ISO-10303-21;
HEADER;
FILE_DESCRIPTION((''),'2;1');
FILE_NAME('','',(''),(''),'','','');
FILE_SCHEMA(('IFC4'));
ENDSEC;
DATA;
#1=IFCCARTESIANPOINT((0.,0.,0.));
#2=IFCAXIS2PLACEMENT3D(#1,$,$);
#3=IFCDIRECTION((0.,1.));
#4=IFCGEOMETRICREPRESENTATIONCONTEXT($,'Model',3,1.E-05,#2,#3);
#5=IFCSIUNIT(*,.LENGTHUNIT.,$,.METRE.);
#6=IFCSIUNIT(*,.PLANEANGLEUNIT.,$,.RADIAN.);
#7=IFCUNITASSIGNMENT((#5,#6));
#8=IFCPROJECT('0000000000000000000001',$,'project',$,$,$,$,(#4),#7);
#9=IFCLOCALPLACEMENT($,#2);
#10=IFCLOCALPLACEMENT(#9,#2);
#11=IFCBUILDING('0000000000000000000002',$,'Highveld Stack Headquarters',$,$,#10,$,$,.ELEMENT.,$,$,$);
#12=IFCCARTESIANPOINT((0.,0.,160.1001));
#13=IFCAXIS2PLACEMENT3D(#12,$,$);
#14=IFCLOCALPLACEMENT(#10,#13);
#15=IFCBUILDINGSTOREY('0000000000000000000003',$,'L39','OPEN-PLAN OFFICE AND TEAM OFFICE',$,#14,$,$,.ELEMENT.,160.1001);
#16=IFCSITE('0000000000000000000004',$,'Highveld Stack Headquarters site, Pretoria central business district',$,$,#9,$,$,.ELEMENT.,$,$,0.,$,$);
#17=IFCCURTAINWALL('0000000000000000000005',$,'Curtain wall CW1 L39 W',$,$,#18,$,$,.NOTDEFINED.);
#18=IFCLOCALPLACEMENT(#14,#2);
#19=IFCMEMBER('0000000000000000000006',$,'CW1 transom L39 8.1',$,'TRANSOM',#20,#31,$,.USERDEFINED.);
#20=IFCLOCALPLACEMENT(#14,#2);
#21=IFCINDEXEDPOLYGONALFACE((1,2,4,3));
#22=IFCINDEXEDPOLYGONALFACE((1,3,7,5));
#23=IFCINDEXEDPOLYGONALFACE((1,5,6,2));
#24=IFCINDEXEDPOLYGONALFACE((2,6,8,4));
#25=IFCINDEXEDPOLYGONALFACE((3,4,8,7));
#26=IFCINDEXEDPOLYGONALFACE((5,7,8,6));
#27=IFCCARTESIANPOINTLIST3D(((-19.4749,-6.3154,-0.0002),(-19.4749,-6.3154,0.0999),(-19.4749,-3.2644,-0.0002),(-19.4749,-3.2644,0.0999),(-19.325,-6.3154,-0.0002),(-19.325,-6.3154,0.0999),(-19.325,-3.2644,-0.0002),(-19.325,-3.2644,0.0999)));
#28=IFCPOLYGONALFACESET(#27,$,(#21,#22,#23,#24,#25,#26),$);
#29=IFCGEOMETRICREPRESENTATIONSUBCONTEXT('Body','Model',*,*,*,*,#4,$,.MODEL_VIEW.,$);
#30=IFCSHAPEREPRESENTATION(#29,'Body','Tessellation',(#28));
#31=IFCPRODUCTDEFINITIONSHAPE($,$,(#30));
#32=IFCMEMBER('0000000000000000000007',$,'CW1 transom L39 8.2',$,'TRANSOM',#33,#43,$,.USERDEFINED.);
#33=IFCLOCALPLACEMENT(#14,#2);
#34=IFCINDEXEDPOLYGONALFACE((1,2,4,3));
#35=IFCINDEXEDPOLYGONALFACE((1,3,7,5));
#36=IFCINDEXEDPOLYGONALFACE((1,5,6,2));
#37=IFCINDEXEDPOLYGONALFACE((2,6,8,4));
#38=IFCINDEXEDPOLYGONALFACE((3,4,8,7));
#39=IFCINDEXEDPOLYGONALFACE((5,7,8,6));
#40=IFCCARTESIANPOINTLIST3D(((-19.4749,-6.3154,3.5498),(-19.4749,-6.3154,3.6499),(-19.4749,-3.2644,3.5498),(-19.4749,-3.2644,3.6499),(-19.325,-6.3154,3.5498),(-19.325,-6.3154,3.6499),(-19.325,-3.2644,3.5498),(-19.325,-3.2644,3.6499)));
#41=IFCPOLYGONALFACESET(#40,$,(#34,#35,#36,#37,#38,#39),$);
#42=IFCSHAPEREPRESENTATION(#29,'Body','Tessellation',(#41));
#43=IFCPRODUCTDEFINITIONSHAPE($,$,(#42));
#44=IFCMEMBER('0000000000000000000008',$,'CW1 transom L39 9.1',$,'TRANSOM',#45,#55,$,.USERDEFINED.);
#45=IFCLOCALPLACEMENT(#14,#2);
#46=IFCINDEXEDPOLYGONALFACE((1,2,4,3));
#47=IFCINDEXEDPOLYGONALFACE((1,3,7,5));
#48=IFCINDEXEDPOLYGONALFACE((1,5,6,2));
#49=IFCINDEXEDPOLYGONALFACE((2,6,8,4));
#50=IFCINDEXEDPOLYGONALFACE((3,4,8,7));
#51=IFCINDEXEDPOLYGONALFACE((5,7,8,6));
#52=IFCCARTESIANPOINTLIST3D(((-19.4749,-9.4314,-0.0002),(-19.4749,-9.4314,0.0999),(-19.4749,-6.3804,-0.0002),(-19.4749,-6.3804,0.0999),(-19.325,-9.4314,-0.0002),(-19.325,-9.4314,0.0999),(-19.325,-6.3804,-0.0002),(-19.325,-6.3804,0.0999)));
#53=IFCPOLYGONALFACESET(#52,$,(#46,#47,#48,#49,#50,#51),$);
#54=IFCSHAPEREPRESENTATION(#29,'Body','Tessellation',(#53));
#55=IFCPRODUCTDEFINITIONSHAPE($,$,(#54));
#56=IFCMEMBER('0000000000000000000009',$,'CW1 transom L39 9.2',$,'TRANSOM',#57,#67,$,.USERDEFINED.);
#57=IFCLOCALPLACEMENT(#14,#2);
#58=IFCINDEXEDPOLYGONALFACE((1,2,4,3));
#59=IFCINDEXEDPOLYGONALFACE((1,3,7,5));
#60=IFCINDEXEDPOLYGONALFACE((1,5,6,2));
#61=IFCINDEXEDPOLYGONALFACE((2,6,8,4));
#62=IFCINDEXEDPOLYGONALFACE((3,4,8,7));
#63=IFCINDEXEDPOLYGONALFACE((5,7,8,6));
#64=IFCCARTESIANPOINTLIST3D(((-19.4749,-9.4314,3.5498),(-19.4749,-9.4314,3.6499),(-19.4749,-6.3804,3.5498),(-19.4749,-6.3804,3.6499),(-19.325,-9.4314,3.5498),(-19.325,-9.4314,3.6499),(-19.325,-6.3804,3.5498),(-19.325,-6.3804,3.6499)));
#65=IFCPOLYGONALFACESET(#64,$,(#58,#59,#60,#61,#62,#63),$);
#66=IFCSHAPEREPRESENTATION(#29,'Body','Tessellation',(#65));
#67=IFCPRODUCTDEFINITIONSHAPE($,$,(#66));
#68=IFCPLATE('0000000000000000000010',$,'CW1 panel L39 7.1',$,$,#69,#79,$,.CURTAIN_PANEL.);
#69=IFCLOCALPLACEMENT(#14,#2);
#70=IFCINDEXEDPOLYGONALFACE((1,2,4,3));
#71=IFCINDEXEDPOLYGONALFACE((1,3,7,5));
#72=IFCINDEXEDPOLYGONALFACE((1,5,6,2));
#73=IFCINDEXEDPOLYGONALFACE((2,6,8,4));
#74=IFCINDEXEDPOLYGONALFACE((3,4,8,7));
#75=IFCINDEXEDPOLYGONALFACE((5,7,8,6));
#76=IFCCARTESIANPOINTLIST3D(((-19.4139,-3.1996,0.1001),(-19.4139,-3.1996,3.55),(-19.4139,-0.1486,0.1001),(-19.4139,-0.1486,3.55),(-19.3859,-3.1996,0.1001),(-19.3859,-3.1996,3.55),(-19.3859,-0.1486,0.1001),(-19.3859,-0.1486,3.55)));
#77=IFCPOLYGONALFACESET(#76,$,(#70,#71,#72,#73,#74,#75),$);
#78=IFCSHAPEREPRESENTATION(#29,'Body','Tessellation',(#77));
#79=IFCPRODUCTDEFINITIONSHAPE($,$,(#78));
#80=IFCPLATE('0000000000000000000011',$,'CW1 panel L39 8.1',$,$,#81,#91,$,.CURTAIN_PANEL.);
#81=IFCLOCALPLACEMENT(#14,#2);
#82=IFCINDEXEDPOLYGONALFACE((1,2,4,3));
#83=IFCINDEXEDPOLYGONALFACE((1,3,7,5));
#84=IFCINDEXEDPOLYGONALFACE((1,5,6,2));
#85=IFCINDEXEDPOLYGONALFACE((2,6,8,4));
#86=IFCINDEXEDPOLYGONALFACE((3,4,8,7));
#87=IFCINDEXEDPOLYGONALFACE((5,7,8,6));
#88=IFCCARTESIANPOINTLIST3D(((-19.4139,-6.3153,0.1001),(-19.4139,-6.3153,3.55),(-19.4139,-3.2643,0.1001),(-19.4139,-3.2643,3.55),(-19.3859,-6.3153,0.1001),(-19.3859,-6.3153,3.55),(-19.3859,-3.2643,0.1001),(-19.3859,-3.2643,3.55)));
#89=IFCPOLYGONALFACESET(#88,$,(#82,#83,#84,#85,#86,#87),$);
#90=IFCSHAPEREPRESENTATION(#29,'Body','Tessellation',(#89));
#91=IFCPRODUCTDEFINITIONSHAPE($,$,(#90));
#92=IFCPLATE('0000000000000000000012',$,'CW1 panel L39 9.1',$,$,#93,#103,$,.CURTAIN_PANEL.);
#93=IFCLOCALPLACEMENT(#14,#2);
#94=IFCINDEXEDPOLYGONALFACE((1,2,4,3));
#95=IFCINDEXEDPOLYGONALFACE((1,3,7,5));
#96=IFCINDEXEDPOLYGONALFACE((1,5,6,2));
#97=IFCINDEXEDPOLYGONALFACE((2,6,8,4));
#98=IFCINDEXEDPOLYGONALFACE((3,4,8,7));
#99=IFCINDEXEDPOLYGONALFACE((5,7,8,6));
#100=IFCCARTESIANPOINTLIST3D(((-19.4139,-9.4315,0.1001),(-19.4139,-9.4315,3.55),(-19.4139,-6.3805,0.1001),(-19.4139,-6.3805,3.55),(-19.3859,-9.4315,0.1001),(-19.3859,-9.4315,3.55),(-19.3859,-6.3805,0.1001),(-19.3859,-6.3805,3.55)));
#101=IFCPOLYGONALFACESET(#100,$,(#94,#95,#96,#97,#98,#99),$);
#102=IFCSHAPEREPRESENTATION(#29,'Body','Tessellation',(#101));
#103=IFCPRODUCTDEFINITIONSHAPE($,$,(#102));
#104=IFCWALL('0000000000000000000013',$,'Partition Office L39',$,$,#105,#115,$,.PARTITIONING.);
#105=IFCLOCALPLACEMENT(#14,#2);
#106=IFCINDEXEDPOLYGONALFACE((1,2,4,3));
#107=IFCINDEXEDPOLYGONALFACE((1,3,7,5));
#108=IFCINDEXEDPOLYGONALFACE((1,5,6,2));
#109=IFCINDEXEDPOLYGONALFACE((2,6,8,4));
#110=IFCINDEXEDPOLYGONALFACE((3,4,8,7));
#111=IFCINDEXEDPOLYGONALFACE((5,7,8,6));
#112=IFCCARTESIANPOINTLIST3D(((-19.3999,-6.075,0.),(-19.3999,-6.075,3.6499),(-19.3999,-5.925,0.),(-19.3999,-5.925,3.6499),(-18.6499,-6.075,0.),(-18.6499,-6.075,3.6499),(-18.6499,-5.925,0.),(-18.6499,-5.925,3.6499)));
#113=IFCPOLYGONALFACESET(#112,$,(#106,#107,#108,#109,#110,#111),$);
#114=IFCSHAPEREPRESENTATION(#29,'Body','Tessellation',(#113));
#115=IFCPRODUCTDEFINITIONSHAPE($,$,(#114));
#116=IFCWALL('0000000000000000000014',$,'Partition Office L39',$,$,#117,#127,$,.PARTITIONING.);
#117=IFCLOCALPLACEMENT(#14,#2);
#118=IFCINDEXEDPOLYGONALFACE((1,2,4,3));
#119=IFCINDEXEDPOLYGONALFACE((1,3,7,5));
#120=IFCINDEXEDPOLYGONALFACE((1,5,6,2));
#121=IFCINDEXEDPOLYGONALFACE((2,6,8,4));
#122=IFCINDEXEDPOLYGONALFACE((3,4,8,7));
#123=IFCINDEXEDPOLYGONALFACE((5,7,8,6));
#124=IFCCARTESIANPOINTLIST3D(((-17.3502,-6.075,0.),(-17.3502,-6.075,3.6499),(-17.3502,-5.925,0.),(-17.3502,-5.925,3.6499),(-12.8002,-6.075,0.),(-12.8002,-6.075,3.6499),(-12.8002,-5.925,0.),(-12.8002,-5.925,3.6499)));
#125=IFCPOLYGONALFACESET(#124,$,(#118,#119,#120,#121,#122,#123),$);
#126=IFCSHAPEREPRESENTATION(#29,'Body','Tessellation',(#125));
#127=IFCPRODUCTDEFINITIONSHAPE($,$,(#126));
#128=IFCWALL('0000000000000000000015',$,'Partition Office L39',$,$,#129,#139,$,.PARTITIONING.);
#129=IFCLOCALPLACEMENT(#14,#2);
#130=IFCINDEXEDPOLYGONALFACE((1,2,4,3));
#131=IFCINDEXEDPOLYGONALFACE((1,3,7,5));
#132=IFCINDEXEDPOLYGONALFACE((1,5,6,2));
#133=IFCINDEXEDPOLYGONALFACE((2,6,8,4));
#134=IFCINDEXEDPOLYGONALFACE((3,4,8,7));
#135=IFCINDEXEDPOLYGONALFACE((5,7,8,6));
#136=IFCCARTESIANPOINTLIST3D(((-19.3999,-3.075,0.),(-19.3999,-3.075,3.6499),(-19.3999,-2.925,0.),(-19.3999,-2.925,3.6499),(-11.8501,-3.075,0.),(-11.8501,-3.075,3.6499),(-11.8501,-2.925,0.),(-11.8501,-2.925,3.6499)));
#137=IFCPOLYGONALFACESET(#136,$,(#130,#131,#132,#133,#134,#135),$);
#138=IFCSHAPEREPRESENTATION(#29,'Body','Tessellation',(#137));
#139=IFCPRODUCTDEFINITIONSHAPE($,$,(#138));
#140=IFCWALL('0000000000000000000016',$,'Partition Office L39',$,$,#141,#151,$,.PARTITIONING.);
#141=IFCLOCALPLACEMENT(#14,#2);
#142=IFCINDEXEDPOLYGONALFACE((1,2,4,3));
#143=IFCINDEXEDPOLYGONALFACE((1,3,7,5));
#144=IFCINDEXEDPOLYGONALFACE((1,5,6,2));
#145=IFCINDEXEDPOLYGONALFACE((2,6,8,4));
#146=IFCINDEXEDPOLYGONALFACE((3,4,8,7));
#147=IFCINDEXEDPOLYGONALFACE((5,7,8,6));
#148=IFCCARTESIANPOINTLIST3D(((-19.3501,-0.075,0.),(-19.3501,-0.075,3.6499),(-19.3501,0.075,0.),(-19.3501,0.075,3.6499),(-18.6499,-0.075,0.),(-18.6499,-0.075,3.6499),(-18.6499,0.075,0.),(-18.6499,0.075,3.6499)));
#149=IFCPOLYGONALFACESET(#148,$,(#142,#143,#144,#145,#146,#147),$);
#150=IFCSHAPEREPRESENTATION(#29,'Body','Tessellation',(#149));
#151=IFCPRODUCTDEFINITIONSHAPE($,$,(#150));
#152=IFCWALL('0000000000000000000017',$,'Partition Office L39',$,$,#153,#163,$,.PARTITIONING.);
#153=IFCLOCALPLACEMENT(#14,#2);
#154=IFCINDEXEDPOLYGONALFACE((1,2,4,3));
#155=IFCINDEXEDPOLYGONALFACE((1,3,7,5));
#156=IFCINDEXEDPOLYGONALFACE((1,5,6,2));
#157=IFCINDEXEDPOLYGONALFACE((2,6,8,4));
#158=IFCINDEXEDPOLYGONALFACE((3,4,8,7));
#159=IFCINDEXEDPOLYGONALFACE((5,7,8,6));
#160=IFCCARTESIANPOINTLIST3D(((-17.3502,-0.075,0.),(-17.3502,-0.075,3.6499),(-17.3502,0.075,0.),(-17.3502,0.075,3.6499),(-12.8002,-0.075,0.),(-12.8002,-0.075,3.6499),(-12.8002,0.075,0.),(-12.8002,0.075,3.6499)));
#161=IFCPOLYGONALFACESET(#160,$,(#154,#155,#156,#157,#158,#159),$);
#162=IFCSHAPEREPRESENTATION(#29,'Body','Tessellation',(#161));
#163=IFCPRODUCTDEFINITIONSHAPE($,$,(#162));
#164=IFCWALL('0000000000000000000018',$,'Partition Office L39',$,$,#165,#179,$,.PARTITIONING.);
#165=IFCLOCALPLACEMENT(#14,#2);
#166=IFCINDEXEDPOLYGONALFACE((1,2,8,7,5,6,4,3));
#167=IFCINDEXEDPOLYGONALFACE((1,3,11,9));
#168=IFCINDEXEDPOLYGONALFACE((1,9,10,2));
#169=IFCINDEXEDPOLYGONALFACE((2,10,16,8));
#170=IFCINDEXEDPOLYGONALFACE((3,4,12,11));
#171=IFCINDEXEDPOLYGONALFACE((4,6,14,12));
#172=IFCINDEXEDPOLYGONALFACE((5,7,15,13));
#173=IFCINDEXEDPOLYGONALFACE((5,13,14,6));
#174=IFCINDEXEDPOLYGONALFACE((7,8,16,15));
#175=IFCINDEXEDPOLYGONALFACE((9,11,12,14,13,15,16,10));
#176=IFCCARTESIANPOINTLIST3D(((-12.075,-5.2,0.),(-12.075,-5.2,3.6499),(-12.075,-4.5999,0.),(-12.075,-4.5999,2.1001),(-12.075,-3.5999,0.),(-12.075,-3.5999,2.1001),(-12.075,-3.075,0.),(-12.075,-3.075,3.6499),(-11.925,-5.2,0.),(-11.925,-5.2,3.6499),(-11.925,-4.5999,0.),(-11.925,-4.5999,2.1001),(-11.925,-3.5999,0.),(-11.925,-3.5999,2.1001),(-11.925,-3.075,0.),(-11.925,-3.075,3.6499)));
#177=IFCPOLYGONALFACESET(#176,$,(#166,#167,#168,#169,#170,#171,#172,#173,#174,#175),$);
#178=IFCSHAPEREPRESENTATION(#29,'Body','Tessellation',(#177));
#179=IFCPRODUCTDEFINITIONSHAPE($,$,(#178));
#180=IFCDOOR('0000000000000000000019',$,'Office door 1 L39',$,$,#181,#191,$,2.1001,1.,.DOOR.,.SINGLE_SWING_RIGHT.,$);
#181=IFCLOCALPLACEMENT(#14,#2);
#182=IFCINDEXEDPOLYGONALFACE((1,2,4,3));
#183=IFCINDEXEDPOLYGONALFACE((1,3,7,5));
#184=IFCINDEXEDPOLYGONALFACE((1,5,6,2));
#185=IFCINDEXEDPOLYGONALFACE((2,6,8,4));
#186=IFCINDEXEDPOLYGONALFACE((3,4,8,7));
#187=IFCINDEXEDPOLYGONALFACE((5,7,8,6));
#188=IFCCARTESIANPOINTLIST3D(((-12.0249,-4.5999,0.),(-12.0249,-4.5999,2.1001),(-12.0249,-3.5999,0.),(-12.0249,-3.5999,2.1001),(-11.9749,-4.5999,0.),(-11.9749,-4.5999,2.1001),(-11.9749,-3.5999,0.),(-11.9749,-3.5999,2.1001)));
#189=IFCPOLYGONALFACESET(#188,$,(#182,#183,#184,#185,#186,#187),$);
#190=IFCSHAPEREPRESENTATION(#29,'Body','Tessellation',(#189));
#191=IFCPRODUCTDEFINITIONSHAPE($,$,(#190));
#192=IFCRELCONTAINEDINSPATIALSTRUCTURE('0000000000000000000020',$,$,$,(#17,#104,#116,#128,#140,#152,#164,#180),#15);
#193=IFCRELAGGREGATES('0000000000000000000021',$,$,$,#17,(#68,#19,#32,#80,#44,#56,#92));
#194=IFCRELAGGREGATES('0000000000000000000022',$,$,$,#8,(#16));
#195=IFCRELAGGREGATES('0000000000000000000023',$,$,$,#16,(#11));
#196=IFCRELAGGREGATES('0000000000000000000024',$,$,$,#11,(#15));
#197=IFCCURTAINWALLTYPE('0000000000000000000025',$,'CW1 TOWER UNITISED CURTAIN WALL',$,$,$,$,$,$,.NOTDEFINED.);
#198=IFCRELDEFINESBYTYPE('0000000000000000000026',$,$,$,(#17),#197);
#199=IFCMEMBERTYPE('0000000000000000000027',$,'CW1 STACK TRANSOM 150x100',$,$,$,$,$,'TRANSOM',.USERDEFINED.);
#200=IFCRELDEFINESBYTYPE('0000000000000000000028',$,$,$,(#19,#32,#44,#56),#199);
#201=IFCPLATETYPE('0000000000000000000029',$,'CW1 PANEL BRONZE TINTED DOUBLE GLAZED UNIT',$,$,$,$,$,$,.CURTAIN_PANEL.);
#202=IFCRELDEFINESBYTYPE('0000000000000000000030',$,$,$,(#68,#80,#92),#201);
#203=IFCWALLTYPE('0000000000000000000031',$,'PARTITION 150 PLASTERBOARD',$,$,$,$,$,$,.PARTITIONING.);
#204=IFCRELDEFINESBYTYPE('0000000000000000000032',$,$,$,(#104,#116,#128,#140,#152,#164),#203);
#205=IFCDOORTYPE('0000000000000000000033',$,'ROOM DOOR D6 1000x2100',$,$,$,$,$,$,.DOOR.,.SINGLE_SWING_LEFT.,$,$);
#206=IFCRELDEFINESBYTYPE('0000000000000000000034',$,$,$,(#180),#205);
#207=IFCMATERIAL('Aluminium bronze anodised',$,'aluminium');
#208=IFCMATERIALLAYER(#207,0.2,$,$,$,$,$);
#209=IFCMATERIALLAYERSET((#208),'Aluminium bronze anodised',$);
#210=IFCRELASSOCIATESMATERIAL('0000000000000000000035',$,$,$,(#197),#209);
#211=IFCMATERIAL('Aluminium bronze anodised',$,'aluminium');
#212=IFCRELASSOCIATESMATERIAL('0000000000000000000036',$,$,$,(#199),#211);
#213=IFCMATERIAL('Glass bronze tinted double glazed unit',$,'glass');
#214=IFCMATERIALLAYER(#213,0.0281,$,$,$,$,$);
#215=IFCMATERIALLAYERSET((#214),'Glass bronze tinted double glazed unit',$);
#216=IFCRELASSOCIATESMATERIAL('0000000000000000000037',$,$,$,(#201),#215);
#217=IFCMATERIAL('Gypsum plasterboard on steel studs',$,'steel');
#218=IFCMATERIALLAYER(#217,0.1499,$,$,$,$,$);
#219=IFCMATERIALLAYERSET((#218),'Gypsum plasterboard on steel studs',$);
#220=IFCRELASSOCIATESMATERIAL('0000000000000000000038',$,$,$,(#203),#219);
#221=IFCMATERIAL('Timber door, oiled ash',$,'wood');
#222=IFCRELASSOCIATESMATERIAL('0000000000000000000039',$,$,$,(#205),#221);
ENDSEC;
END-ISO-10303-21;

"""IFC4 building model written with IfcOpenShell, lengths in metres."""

from ifc_helpers import new_model, si_unit, direction, frame, frame_2d, origin, origin_2d, place, context, subcontext, project, spatial, rectangle, extrude, material, layer, layer_set, material_profile, profile_set, type_object, element, fill, aggregate, save


model = new_model("IFC4")

# Units and contexts
model_context = context("Model", 3, precision=1e-05, world=origin(), true_north=direction((0.0, 1.0)))
body_context = subcontext(model_context, "Body", "Model", "MODEL_VIEW")
ifc_project = project(units=[si_unit("LENGTHUNIT", "METRE"), si_unit("PLANEANGLEUNIT", "RADIAN")], contexts=[model_context])

# Site, building, storey
site_placement = place(None, origin())
site = spatial("IfcSite", under=ifc_project, at=site_placement, Name="Highveld Stack Headquarters site, Pretoria central business district", CompositionType="ELEMENT", RefElevation=0.0)
building_placement = place(site_placement, origin())
building = spatial("IfcBuilding", under=site, at=building_placement, Name="Highveld Stack Headquarters", CompositionType="ELEMENT")
storey_placement = place(building_placement, frame((0.0, 0.0, 160.1001)))
storey = spatial("IfcBuildingStorey", under=building, at=storey_placement, Name="L39", Description="OPEN-PLAN OFFICE AND TEAM OFFICE", CompositionType="ELEMENT", Elevation=160.1001)

# Curtain wall, members, plates
ifc_material_1 = material(Name="Aluminium bronze anodised", Category="aluminium")
ifc_layer_1 = layer(ifc_material_1, 0.2)
ifc_layer_set_1 = layer_set([ifc_layer_1], Name="Aluminium bronze anodised")
curtain_wall_type = type_object("IfcCurtainWallType", Name="CW1 TOWER UNITISED CURTAIN WALL", PredefinedType="NOTDEFINED", material=ifc_layer_set_1)
curtain_wall_placement = place(storey_placement, origin())
curtain_wall = element("IfcCurtainWall", 1, at=curtain_wall_placement, inside=storey, type_object=curtain_wall_type, Name="Curtain wall CW1 L39 W", PredefinedType="NOTDEFINED")
ifc_material_2 = material(Name="Aluminium bronze anodised", Category="aluminium")
ifc_material_profile_1 = material_profile(ifc_material_2, rectangle(XDim=0.1499, YDim=0.1001, at=origin_2d()), Name="CW1 TRANSOM 150x100")
ifc_profile_set_1 = profile_set([ifc_material_profile_1], Name="Aluminium bronze anodised")
member_type_1 = type_object("IfcMemberType", Name="CW1 STACK TRANSOM 150x100", ElementType="TRANSOM", PredefinedType="USERDEFINED", material=ifc_profile_set_1)
member_1_placement = place(storey_placement, frame((-19.3999, -3.2644, 0.0498), z_axis=(0.0, -1.0, 0.0), x_axis=(1.0, 0.0, 0.0)))
member_1 = element("IfcMember", 2, at=member_1_placement, type_object=member_type_1, Name="CW1 transom L39 8.1", ObjectType="TRANSOM", PredefinedType="USERDEFINED", context=body_context, shape_type="SweptSolid", body=[
    extrude(rectangle(XDim=0.1499, YDim=0.1001, at=origin_2d()), origin(), (0.0, 0.0, 1.0), 3.051),
])
member_2_placement = place(storey_placement, frame((-19.3999, -3.2644, 3.5999), z_axis=(0.0, -1.0, 0.0), x_axis=(1.0, 0.0, 0.0)))
member_2 = element("IfcMember", 3, at=member_2_placement, type_object=member_type_1, Name="CW1 transom L39 8.2", ObjectType="TRANSOM", PredefinedType="USERDEFINED", context=body_context, shape_type="SweptSolid", body=[
    extrude(rectangle(XDim=0.1499, YDim=0.1001, at=origin_2d()), origin(), (0.0, 0.0, 1.0), 3.051),
])
member_3_placement = place(storey_placement, frame((-19.3999, -6.3804, 0.0498), z_axis=(0.0, -1.0, 0.0), x_axis=(1.0, 0.0, 0.0)))
member_3 = element("IfcMember", 4, at=member_3_placement, type_object=member_type_1, Name="CW1 transom L39 9.1", ObjectType="TRANSOM", PredefinedType="USERDEFINED", context=body_context, shape_type="SweptSolid", body=[
    extrude(rectangle(XDim=0.1499, YDim=0.1001, at=origin_2d()), origin(), (0.0, 0.0, 1.0), 3.051),
])
member_4_placement = place(storey_placement, frame((-19.3999, -6.3804, 3.5999), z_axis=(0.0, -1.0, 0.0), x_axis=(1.0, 0.0, 0.0)))
member_4 = element("IfcMember", 5, at=member_4_placement, type_object=member_type_1, Name="CW1 transom L39 9.2", ObjectType="TRANSOM", PredefinedType="USERDEFINED", context=body_context, shape_type="SweptSolid", body=[
    extrude(rectangle(XDim=0.1499, YDim=0.1001, at=origin_2d()), origin(), (0.0, 0.0, 1.0), 3.051),
])
ifc_material_3 = material(Name="Glass bronze tinted double glazed unit", Category="glass")
ifc_layer_2 = layer(ifc_material_3, 0.0281)
ifc_layer_set_2 = layer_set([ifc_layer_2], Name="Glass bronze tinted double glazed unit")
plate_type = type_object("IfcPlateType", Name="CW1 PANEL BRONZE TINTED DOUBLE GLAZED UNIT", PredefinedType="CURTAIN_PANEL", material=ifc_layer_set_2)
plate_1_placement = place(storey_placement, frame((-19.3999, -1.6741, 0.1001), z_axis=(0.0, 0.0, 1.0), x_axis=(0.0, -1.0, 0.0)))
plate_1 = element("IfcPlate", 6, at=plate_1_placement, type_object=plate_type, Name="CW1 panel L39 7.1", PredefinedType="CURTAIN_PANEL", context=body_context, shape_type="SweptSolid", body=[
    extrude(rectangle(XDim=3.051, YDim=0.0281, at=origin_2d()), origin(), (0.0, 0.0, 1.0), 3.45),
])
plate_2_placement = place(storey_placement, frame((-19.3999, -4.7898, 0.1001), z_axis=(0.0, 0.0, 1.0), x_axis=(0.0, -1.0, 0.0)))
plate_2 = element("IfcPlate", 7, at=plate_2_placement, type_object=plate_type, Name="CW1 panel L39 8.1", PredefinedType="CURTAIN_PANEL", context=body_context, shape_type="SweptSolid", body=[
    extrude(rectangle(XDim=3.051, YDim=0.0281, at=origin_2d()), origin(), (0.0, 0.0, 1.0), 3.45),
])
plate_3_placement = place(storey_placement, frame((-19.3999, -7.906, 0.1001), z_axis=(0.0, 0.0, 1.0), x_axis=(0.0, -1.0, 0.0)))
plate_3 = element("IfcPlate", 8, at=plate_3_placement, type_object=plate_type, Name="CW1 panel L39 9.1", PredefinedType="CURTAIN_PANEL", context=body_context, shape_type="SweptSolid", body=[
    extrude(rectangle(XDim=3.051, YDim=0.0281, at=origin_2d()), origin(), (0.0, 0.0, 1.0), 3.45),
])
aggregate(curtain_wall, [plate_1, member_1, member_2, plate_2, member_3, member_4, plate_3])

# Walls
ifc_material_4 = material(Name="Gypsum plasterboard on steel studs", Category="steel")
ifc_layer_3 = layer(ifc_material_4, 0.1499)
ifc_layer_set_3 = layer_set([ifc_layer_3], Name="Gypsum plasterboard on steel studs")
wall_type = type_object("IfcWallType", Name="PARTITION 150 PLASTERBOARD", PredefinedType="PARTITIONING", material=ifc_layer_set_3)
wall_1_placement = place(storey_placement, frame((-19.3999, -6.0, 0.0), z_axis=(0.0, 0.0, 1.0), x_axis=(1.0, 0.0, 0.0)))
element("IfcWall", 9, at=wall_1_placement, inside=storey, type_object=wall_type, Name="Partition Office L39", PredefinedType="PARTITIONING", context=body_context, shape_type="SweptSolid", body=[
    extrude(rectangle(XDim=0.75, YDim=0.1499, at=frame_2d((0.375, 0.0))), origin(), (0.0, 0.0, 1.0), 3.6499),
])
wall_2_placement = place(storey_placement, frame((-17.3501, -6.0, 0.0), z_axis=(0.0, 0.0, 1.0), x_axis=(1.0, 0.0, 0.0)))
element("IfcWall", 10, at=wall_2_placement, inside=storey, type_object=wall_type, Name="Partition Office L39", PredefinedType="PARTITIONING", context=body_context, shape_type="SweptSolid", body=[
    extrude(rectangle(XDim=4.55, YDim=0.1499, at=frame_2d((2.2749, 0.0))), origin(), (0.0, 0.0, 1.0), 3.6499),
])
wall_3_placement = place(storey_placement, frame((-19.3999, -3.0, 0.0), z_axis=(0.0, 0.0, 1.0), x_axis=(1.0, 0.0, 0.0)))
element("IfcWall", 11, at=wall_3_placement, inside=storey, type_object=wall_type, Name="Partition Office L39", PredefinedType="PARTITIONING", context=body_context, shape_type="SweptSolid", body=[
    extrude(rectangle(XDim=7.5498, YDim=0.1499, at=frame_2d((3.7749, 0.0))), origin(), (0.0, 0.0, 1.0), 3.6499),
])
wall_4_placement = place(storey_placement, frame((-19.3501, 0.0, 0.0), z_axis=(0.0, 0.0, 1.0), x_axis=(1.0, 0.0, 0.0)))
element("IfcWall", 12, at=wall_4_placement, inside=storey, type_object=wall_type, Name="Partition Office L39", PredefinedType="PARTITIONING", context=body_context, shape_type="SweptSolid", body=[
    extrude(rectangle(XDim=0.7002, YDim=0.1499, at=frame_2d((0.3501, 0.0))), origin(), (0.0, 0.0, 1.0), 3.6499),
])
wall_5_placement = place(storey_placement, frame((-17.3501, 0.0, 0.0), z_axis=(0.0, 0.0, 1.0), x_axis=(1.0, 0.0, 0.0)))
element("IfcWall", 13, at=wall_5_placement, inside=storey, type_object=wall_type, Name="Partition Office L39", PredefinedType="PARTITIONING", context=body_context, shape_type="SweptSolid", body=[
    extrude(rectangle(XDim=4.55, YDim=0.1499, at=frame_2d((2.2749, 0.0))), origin(), (0.0, 0.0, 1.0), 3.6499),
])

# Wall, opening, door
wall_6_placement = place(storey_placement, frame((-12.0, -5.2, 0.0), z_axis=(0.0, 0.0, 1.0), x_axis=(0.0, 1.0, 0.0)))
wall_6 = element("IfcWall", 14, at=wall_6_placement, inside=storey, type_object=wall_type, Name="Partition Office L39", PredefinedType="PARTITIONING", context=body_context, shape_type="SweptSolid", body=[
    extrude(rectangle(XDim=2.125, YDim=0.1499, at=frame_2d((1.0625, 0.0))), origin(), (0.0, 0.0, 1.0), 3.6499),
])
opening_1_placement = place(wall_6_placement, frame((0.6001, 0.0, 0.0)))
opening_1 = element("IfcOpeningElement", 15, at=opening_1_placement, cuts=wall_6, PredefinedType="OPENING", context=body_context, shape_type="SweptSolid", body=[
    extrude(rectangle(XDim=1.0, YDim=2.1001, at=frame_2d((0.5, 1.05))), frame((0.0, 0.085, 0.0), z_axis=(0.0, -1.0, 0.0), x_axis=(1.0, 0.0, 0.0)), (0.0, 0.0, 1.0), 0.1699),
])
ifc_material_5 = material(Name="Timber door, oiled ash", Category="wood")
door_type = type_object("IfcDoorType", Name="ROOM DOOR D6 1000x2100", OperationType="SINGLE_SWING_LEFT", PredefinedType="DOOR", material=ifc_material_5)
door_1_placement = place(opening_1_placement, origin())
door_1 = element("IfcDoor", 16, at=door_1_placement, inside=storey, type_object=door_type, Name="Office door 1 L39", OperationType="SINGLE_SWING_RIGHT", OverallHeight=2.1001, OverallWidth=1.0, PredefinedType="DOOR", context=body_context, shape_type="SweptSolid", body=[
    extrude(rectangle(XDim=1.0, YDim=2.1001, at=frame_2d((0.5, 1.05))), frame((0.0, 0.0249, 0.0), z_axis=(0.0, -1.0, 0.0), x_axis=(1.0, 0.0, 0.0)), (0.0, 0.0, 1.0), 0.05),
])
fill(opening_1, door_1)

save(model, "model.ifc")
